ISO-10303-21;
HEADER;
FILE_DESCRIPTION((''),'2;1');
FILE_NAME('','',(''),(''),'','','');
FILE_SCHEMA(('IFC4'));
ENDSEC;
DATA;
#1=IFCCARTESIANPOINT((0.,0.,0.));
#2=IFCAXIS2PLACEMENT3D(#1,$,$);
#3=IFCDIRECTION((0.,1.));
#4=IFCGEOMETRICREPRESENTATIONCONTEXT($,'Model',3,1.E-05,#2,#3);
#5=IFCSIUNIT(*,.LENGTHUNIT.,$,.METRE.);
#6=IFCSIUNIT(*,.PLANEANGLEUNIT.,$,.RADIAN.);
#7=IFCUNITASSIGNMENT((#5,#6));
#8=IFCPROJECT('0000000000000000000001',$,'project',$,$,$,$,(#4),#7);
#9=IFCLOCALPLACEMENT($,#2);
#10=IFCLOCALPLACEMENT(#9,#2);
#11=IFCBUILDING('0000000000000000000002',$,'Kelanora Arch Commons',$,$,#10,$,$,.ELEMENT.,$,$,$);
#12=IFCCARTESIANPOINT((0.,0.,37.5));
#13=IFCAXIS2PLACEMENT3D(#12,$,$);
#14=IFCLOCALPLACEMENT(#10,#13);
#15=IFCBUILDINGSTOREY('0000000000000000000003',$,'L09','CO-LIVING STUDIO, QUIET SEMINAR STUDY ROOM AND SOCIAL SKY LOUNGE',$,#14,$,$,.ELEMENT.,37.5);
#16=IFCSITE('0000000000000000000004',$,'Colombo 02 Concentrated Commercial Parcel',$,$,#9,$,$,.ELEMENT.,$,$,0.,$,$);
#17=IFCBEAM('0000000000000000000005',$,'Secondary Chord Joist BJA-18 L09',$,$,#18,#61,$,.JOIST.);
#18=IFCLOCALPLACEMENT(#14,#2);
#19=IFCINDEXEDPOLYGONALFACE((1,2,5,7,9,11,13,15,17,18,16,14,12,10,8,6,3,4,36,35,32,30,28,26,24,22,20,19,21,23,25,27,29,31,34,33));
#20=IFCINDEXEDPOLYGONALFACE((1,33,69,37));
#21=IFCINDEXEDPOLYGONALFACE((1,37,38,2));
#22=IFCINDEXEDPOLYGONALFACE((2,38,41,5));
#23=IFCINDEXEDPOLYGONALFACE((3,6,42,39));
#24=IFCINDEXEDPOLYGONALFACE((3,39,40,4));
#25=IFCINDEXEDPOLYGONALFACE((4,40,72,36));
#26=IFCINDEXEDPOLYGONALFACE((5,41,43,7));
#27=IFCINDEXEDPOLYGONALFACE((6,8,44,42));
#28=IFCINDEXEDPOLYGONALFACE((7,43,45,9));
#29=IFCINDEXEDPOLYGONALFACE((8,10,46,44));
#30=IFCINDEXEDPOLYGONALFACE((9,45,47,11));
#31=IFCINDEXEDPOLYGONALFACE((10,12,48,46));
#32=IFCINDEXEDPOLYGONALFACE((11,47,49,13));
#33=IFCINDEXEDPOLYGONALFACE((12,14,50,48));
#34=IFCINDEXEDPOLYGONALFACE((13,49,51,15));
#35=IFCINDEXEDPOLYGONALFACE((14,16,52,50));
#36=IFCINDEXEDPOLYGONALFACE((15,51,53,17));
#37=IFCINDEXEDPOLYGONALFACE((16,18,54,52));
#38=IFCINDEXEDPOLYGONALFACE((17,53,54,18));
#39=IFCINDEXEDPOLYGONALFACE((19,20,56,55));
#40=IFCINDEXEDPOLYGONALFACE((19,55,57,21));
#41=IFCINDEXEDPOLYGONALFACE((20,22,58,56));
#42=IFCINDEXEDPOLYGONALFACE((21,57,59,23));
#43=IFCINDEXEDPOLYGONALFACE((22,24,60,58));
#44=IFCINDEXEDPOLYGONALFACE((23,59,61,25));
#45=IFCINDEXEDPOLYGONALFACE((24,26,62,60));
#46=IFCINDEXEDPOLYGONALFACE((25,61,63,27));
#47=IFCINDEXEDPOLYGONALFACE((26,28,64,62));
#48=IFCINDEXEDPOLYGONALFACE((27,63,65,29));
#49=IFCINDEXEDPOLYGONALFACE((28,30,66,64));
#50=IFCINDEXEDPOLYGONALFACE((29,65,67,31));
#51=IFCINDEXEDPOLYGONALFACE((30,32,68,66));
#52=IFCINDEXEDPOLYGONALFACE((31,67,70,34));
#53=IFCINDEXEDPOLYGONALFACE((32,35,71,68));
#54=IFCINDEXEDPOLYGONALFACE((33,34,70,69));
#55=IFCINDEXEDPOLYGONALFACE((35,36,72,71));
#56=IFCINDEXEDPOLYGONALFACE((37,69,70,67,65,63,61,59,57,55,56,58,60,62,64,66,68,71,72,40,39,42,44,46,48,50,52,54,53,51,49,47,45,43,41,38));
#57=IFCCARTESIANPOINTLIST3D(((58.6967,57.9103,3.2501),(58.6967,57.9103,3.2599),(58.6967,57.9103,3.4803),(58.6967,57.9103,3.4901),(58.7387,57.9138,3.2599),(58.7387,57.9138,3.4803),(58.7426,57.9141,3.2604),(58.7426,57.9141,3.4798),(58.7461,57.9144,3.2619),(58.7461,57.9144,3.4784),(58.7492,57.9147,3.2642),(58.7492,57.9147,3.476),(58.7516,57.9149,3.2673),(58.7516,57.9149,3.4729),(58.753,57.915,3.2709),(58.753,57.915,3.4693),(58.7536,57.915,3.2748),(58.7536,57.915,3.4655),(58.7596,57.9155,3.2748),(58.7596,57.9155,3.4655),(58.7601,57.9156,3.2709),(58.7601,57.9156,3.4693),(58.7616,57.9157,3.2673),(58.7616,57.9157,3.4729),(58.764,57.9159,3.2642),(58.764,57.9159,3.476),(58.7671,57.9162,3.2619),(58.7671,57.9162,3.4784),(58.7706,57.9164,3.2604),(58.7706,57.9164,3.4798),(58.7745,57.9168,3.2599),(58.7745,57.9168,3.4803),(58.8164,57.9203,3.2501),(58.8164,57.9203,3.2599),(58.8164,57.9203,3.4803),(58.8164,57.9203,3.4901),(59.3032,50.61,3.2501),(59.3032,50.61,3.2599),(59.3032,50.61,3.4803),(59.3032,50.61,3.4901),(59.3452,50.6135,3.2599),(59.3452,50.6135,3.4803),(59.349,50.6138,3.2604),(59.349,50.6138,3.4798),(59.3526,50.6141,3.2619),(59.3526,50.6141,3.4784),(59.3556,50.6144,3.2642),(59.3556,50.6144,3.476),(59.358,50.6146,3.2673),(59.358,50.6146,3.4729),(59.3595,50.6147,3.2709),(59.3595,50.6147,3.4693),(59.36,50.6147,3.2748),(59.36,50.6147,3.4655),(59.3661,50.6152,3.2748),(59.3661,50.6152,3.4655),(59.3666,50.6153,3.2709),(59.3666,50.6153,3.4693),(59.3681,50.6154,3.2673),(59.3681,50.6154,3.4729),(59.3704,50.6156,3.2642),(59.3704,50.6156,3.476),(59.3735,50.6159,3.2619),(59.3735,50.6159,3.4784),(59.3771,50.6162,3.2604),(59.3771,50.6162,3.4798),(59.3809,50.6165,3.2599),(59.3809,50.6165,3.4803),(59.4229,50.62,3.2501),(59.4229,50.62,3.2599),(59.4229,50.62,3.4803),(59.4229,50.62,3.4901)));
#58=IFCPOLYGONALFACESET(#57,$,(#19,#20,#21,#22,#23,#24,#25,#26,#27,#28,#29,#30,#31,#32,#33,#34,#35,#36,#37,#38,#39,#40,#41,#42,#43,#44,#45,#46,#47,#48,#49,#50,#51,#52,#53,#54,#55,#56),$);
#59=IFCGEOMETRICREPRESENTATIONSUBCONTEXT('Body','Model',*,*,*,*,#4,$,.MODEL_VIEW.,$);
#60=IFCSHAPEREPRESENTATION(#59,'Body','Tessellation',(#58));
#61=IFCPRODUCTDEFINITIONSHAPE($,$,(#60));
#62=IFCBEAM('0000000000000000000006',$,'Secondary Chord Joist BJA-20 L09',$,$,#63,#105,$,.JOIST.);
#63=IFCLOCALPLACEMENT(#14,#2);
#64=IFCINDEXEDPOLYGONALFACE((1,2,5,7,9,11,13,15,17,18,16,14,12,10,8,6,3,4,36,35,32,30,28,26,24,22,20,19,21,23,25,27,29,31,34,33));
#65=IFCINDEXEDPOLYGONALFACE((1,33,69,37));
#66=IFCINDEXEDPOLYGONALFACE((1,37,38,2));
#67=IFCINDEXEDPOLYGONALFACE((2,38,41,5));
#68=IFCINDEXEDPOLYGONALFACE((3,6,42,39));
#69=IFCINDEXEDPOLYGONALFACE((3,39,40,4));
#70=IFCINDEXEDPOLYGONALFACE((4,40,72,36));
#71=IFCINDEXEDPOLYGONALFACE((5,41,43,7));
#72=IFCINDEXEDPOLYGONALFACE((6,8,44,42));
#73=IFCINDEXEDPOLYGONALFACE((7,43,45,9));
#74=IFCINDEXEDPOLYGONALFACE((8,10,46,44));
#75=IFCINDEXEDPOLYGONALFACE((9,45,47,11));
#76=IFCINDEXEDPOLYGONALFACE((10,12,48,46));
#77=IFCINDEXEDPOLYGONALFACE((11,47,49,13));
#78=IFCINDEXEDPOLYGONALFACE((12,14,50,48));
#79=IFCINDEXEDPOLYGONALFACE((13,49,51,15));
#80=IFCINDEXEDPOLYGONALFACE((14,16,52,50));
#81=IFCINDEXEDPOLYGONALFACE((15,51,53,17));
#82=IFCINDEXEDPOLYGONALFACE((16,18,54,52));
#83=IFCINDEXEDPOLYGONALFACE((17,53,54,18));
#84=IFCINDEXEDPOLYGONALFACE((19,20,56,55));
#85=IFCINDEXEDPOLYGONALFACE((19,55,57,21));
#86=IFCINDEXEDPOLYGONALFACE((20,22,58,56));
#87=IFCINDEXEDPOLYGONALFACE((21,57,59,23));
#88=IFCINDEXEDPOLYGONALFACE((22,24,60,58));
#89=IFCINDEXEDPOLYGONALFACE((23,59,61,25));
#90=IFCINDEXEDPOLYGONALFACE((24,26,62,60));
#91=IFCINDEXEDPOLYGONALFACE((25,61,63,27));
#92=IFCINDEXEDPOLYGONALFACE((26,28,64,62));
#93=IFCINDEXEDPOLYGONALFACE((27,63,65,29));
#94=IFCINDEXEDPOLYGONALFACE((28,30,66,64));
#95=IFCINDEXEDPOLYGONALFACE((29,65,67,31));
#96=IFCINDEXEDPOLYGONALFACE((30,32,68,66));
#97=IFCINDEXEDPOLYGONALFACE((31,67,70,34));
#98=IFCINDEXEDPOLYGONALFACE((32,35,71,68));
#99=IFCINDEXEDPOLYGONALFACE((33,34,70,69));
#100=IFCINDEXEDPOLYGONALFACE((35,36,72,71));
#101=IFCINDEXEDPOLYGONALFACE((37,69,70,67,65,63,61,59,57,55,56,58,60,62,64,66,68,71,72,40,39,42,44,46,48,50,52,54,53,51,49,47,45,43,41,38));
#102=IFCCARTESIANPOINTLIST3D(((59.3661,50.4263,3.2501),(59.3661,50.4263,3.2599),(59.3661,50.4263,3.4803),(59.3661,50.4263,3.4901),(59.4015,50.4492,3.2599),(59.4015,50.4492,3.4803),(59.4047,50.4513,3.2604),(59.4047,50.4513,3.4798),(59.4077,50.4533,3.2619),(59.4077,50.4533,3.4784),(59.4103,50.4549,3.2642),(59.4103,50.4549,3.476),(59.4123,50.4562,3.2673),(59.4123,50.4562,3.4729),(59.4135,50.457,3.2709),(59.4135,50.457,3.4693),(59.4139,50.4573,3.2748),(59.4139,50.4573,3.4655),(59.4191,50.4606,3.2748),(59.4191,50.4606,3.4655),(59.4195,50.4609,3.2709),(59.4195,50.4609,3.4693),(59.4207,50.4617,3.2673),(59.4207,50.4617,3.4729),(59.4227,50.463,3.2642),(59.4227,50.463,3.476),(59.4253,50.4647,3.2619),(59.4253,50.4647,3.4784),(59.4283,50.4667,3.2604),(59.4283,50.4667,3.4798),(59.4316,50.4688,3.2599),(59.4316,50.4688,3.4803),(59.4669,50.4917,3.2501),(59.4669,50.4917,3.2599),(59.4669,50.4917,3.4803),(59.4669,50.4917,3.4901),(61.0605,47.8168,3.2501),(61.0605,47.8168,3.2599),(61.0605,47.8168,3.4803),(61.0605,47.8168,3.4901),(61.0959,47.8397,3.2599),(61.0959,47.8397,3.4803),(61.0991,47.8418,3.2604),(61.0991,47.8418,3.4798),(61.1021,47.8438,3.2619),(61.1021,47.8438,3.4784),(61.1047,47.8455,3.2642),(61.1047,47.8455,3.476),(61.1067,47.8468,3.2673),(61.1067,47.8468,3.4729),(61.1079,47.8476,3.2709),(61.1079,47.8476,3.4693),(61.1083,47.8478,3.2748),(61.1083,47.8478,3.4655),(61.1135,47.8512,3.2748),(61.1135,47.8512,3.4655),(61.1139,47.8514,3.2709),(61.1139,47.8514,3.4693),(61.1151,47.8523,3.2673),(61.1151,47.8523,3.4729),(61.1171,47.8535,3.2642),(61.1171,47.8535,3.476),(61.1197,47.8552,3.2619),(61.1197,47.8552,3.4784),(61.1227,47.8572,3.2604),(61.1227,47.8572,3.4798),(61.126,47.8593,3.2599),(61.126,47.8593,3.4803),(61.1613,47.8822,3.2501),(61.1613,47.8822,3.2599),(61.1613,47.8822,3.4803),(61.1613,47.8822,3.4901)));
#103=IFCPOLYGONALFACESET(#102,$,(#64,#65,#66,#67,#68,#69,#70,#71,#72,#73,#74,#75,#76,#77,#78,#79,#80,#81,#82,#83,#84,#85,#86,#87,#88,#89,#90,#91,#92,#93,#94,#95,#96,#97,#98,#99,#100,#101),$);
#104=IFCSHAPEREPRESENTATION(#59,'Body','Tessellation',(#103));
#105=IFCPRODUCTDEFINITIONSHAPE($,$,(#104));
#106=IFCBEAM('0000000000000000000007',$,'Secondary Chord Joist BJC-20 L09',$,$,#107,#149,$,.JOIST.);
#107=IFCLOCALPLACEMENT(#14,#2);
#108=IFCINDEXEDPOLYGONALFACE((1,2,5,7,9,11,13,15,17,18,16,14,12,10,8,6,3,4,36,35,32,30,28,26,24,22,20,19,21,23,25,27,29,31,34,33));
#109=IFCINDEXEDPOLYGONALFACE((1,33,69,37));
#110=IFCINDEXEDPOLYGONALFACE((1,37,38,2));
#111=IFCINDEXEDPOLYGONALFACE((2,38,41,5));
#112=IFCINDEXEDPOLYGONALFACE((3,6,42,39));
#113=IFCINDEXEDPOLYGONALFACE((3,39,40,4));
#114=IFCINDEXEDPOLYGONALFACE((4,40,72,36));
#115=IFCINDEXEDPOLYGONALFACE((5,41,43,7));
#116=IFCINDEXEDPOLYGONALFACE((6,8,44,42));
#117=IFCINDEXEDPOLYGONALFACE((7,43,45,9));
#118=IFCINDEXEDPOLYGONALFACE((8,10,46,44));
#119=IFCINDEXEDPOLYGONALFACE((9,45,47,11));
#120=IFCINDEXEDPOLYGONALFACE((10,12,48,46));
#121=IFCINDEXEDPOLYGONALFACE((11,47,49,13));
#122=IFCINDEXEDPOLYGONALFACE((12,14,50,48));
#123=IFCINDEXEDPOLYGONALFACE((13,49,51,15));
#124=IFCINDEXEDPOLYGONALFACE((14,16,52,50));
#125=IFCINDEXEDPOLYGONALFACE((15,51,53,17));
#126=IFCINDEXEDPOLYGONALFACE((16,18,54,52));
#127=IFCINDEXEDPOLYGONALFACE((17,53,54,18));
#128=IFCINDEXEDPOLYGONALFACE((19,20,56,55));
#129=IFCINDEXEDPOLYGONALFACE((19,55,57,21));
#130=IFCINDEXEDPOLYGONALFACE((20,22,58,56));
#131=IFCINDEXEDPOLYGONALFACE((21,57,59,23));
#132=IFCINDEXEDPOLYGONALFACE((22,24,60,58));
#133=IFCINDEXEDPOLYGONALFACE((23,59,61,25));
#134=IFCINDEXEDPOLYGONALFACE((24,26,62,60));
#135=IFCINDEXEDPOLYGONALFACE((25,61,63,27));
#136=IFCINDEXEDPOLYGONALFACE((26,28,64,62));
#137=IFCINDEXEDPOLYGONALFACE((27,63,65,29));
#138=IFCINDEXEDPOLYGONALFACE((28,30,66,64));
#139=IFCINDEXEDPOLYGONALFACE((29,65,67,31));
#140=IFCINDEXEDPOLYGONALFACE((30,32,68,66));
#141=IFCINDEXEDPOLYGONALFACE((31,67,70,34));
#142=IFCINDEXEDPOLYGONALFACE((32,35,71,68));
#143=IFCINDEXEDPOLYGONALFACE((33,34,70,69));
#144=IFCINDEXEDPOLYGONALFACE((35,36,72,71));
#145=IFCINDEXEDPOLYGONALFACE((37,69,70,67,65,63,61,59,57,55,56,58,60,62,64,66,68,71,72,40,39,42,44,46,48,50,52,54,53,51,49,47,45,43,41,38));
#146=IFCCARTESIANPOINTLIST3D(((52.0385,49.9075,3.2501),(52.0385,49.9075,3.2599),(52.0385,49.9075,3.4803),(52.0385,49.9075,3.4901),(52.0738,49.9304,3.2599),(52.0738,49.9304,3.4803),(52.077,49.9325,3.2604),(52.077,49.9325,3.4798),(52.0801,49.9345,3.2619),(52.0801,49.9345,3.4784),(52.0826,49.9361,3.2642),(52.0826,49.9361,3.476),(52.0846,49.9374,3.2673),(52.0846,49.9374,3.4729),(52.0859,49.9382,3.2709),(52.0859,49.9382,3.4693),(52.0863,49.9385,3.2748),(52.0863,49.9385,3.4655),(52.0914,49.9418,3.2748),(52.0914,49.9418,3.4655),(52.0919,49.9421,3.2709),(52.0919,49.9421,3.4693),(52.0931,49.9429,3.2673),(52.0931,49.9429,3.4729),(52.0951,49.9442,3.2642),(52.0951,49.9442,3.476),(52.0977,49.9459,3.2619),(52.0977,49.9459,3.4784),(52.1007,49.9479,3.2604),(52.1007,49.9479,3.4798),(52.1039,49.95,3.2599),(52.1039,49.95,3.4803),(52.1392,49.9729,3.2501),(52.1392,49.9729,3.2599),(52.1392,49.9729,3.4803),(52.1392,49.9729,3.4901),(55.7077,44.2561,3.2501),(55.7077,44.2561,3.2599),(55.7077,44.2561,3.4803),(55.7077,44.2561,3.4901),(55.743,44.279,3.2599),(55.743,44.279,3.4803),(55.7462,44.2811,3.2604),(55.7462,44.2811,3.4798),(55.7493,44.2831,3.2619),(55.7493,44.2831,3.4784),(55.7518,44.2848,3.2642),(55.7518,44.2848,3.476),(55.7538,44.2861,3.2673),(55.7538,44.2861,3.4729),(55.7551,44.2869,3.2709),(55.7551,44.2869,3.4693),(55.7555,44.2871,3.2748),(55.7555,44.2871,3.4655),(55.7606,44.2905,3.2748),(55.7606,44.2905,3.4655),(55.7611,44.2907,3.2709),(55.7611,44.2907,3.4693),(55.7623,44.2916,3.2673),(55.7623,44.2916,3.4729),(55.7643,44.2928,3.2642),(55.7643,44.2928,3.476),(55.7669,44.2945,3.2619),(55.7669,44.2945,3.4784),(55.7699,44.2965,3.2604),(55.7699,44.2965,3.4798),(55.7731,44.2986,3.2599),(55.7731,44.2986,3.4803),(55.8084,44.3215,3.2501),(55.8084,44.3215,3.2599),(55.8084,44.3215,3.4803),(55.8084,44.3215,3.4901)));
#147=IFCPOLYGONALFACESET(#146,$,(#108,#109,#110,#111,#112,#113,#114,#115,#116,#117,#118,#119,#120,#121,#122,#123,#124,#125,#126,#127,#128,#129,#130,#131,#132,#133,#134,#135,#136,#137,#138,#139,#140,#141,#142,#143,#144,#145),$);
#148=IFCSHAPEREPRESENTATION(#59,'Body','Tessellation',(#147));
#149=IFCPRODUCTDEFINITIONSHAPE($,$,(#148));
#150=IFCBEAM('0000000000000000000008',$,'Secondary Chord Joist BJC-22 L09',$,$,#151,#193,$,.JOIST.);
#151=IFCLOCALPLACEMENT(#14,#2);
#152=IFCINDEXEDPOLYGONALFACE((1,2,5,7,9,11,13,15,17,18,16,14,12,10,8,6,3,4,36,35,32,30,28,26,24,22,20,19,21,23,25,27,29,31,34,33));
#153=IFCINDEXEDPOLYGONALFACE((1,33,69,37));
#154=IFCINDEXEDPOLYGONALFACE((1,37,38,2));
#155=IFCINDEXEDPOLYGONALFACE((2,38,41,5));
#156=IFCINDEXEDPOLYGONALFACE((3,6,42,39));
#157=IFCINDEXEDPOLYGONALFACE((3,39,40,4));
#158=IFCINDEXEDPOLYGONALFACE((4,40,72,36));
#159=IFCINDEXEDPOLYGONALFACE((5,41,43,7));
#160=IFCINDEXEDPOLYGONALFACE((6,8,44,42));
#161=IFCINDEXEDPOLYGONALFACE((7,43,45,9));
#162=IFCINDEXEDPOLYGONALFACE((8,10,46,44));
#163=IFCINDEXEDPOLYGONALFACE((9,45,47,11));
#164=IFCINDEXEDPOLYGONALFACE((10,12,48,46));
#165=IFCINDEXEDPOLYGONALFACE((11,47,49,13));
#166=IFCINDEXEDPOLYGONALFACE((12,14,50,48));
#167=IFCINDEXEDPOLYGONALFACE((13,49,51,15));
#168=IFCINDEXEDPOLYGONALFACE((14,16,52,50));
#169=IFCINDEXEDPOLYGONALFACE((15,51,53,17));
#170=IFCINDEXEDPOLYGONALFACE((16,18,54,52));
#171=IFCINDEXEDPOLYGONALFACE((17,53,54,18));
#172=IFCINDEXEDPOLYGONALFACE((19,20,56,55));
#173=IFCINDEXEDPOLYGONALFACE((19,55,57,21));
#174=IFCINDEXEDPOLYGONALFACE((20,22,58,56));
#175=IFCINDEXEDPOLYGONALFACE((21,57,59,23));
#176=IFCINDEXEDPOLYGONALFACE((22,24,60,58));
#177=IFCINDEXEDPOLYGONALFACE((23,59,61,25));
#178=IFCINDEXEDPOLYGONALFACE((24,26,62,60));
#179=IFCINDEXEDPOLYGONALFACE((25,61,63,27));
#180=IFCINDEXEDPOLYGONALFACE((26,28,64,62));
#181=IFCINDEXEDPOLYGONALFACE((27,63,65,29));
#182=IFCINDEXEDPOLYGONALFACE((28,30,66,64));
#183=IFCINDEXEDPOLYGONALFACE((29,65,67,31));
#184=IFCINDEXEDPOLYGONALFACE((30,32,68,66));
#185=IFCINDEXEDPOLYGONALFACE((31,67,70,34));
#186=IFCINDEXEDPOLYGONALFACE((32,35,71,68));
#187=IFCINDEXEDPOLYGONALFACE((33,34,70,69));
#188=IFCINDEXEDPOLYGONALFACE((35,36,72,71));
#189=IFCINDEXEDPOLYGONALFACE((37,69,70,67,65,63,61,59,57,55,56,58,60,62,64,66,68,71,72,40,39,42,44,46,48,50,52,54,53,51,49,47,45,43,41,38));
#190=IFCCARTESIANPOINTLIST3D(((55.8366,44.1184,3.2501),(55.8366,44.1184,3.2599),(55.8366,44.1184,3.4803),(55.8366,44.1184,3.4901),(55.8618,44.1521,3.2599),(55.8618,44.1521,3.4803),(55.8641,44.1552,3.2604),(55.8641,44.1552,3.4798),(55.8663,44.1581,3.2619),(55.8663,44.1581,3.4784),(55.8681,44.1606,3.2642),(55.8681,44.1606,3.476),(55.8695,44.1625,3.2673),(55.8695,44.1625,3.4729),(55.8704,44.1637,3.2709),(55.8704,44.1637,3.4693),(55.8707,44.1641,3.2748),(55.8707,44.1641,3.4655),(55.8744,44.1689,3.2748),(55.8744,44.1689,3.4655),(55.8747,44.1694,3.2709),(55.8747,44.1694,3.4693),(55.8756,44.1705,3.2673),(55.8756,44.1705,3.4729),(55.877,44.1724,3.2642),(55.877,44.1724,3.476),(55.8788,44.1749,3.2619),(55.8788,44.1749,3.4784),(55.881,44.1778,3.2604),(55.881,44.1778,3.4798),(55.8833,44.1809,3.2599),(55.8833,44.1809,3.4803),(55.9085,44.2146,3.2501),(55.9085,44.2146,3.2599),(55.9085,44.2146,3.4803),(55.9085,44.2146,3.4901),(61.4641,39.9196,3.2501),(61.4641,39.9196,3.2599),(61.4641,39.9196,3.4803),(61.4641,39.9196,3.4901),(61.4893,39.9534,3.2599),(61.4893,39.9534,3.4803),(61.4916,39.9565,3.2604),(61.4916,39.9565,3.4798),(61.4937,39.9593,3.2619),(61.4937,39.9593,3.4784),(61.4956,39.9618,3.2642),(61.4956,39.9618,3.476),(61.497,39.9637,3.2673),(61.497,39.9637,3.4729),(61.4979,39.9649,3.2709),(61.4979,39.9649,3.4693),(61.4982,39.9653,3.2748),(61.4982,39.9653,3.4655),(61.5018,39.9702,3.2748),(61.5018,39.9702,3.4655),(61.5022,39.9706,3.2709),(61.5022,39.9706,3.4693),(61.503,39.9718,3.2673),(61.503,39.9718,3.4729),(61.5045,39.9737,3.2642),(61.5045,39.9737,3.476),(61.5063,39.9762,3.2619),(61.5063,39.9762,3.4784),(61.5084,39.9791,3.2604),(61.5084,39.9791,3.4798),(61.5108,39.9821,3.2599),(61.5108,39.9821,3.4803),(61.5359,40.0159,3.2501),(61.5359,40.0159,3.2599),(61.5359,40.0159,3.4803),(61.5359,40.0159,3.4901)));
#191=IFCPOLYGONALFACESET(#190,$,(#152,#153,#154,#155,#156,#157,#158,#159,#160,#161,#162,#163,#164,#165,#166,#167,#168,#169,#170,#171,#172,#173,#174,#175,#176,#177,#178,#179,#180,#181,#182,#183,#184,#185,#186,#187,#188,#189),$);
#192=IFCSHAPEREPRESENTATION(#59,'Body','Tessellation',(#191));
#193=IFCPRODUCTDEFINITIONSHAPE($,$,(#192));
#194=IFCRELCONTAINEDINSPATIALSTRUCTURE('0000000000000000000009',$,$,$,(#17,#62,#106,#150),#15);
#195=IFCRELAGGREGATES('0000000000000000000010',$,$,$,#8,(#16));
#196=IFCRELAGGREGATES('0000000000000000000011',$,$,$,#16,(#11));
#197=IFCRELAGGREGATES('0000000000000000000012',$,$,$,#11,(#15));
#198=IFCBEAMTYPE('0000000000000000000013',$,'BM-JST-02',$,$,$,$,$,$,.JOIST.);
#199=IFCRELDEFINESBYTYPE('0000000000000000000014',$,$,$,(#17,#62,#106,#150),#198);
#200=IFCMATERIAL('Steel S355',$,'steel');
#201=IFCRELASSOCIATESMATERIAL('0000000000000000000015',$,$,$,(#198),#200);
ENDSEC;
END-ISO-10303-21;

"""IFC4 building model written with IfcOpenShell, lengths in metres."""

from ifc_helpers import new_model, si_unit, direction, frame, origin, origin_2d, place, context, subcontext, project, spatial, i_section, extrude, material, material_profile, profile_set, type_object, element, save


model = new_model("IFC4")

# Units and contexts
model_context = context("Model", 3, precision=1e-05, world=origin(), true_north=direction((0.0, 1.0)))
body_context = subcontext(model_context, "Body", "Model", "MODEL_VIEW")
ifc_project = project(units=[si_unit("LENGTHUNIT", "METRE"), si_unit("PLANEANGLEUNIT", "RADIAN")], contexts=[model_context])

# Site, building, storey
site_placement = place(None, origin())
site = spatial("IfcSite", under=ifc_project, at=site_placement, Name="Colombo 02 Concentrated Commercial Parcel", CompositionType="ELEMENT", RefElevation=0.0)
building_placement = place(site_placement, origin())
building = spatial("IfcBuilding", under=site, at=building_placement, Name="Kelanora Arch Commons", CompositionType="ELEMENT")
storey_placement = place(building_placement, frame((0.0, 0.0, 37.5)))
storey = spatial("IfcBuildingStorey", under=building, at=storey_placement, Name="L09", Description="CO-LIVING STUDIO, QUIET SEMINAR STUDY ROOM AND SOCIAL SKY LOUNGE", CompositionType="ELEMENT", Elevation=37.5)

# Beams
ifc_material_1 = material(Name="Steel S355", Category="steel")
ifc_material_profile_1 = material_profile(ifc_material_1, i_section(OverallWidth=0.1201, OverallDepth=0.24, WebThickness=0.0061, FlangeThickness=0.0098, FilletRadius=0.0149, at=origin_2d()), Name="IPE240")
ifc_profile_set_1 = profile_set([ifc_material_profile_1], Name="Steel S355")
beam_type_1 = type_object("IfcBeamType", Name="BM-JST-02", PredefinedType="JOIST", material=ifc_profile_set_1)
beam_1_placement = place(storey_placement, frame((58.7566, 57.9153, 3.3701), z_axis=(0.082786, -0.996567, 0.0), x_axis=(0.996567, 0.082786, 0.0)))
element("IfcBeam", 1, at=beam_1_placement, inside=storey, type_object=beam_type_1, Name="Secondary Chord Joist BJA-18 L09", PredefinedType="JOIST", context=body_context, shape_type="SweptSolid", body=[
    extrude(i_section(OverallWidth=0.1201, OverallDepth=0.24, WebThickness=0.0061, FlangeThickness=0.0098, FilletRadius=0.0149, at=origin_2d()), origin(), (0.0, 0.0, 1.0), 7.3254),
])
beam_2_placement = place(storey_placement, frame((59.4165, 50.459, 3.3701), z_axis=(0.544591, -0.838702, 0.0), x_axis=(0.838702, 0.544591, 0.0)))
element("IfcBeam", 2, at=beam_2_placement, inside=storey, type_object=beam_type_1, Name="Secondary Chord Joist BJA-20 L09", PredefinedType="JOIST", context=body_context, shape_type="SweptSolid", body=[
    extrude(i_section(OverallWidth=0.1201, OverallDepth=0.24, WebThickness=0.0061, FlangeThickness=0.0098, FilletRadius=0.0149, at=origin_2d()), origin(), (0.0, 0.0, 1.0), 3.1113),
])
beam_3_placement = place(storey_placement, frame((52.0889, 49.9402, 3.3701), z_axis=(0.54455, -0.838728, 0.0), x_axis=(0.838728, 0.54455, 0.0)))
element("IfcBeam", 3, at=beam_3_placement, inside=storey, type_object=beam_type_1, Name="Secondary Chord Joist BJC-20 L09", PredefinedType="JOIST", context=body_context, shape_type="SweptSolid", body=[
    extrude(i_section(OverallWidth=0.1201, OverallDepth=0.24, WebThickness=0.0061, FlangeThickness=0.0098, FilletRadius=0.0149, at=origin_2d()), origin(), (0.0, 0.0, 1.0), 6.738),
])
beam_4_placement = place(storey_placement, frame((55.8726, 44.1665, 3.3701), z_axis=(0.801491, -0.598006, 0.0), x_axis=(0.598006, 0.801491, 0.0)))
element("IfcBeam", 4, at=beam_4_placement, inside=storey, type_object=beam_type_1, Name="Secondary Chord Joist BJC-22 L09", PredefinedType="JOIST", context=body_context, shape_type="SweptSolid", body=[
    extrude(i_section(OverallWidth=0.1201, OverallDepth=0.24, WebThickness=0.0061, FlangeThickness=0.0098, FilletRadius=0.0149, at=origin_2d()), origin(), (0.0, 0.0, 1.0), 7.0212),
])

save(model, "model.ifc")
